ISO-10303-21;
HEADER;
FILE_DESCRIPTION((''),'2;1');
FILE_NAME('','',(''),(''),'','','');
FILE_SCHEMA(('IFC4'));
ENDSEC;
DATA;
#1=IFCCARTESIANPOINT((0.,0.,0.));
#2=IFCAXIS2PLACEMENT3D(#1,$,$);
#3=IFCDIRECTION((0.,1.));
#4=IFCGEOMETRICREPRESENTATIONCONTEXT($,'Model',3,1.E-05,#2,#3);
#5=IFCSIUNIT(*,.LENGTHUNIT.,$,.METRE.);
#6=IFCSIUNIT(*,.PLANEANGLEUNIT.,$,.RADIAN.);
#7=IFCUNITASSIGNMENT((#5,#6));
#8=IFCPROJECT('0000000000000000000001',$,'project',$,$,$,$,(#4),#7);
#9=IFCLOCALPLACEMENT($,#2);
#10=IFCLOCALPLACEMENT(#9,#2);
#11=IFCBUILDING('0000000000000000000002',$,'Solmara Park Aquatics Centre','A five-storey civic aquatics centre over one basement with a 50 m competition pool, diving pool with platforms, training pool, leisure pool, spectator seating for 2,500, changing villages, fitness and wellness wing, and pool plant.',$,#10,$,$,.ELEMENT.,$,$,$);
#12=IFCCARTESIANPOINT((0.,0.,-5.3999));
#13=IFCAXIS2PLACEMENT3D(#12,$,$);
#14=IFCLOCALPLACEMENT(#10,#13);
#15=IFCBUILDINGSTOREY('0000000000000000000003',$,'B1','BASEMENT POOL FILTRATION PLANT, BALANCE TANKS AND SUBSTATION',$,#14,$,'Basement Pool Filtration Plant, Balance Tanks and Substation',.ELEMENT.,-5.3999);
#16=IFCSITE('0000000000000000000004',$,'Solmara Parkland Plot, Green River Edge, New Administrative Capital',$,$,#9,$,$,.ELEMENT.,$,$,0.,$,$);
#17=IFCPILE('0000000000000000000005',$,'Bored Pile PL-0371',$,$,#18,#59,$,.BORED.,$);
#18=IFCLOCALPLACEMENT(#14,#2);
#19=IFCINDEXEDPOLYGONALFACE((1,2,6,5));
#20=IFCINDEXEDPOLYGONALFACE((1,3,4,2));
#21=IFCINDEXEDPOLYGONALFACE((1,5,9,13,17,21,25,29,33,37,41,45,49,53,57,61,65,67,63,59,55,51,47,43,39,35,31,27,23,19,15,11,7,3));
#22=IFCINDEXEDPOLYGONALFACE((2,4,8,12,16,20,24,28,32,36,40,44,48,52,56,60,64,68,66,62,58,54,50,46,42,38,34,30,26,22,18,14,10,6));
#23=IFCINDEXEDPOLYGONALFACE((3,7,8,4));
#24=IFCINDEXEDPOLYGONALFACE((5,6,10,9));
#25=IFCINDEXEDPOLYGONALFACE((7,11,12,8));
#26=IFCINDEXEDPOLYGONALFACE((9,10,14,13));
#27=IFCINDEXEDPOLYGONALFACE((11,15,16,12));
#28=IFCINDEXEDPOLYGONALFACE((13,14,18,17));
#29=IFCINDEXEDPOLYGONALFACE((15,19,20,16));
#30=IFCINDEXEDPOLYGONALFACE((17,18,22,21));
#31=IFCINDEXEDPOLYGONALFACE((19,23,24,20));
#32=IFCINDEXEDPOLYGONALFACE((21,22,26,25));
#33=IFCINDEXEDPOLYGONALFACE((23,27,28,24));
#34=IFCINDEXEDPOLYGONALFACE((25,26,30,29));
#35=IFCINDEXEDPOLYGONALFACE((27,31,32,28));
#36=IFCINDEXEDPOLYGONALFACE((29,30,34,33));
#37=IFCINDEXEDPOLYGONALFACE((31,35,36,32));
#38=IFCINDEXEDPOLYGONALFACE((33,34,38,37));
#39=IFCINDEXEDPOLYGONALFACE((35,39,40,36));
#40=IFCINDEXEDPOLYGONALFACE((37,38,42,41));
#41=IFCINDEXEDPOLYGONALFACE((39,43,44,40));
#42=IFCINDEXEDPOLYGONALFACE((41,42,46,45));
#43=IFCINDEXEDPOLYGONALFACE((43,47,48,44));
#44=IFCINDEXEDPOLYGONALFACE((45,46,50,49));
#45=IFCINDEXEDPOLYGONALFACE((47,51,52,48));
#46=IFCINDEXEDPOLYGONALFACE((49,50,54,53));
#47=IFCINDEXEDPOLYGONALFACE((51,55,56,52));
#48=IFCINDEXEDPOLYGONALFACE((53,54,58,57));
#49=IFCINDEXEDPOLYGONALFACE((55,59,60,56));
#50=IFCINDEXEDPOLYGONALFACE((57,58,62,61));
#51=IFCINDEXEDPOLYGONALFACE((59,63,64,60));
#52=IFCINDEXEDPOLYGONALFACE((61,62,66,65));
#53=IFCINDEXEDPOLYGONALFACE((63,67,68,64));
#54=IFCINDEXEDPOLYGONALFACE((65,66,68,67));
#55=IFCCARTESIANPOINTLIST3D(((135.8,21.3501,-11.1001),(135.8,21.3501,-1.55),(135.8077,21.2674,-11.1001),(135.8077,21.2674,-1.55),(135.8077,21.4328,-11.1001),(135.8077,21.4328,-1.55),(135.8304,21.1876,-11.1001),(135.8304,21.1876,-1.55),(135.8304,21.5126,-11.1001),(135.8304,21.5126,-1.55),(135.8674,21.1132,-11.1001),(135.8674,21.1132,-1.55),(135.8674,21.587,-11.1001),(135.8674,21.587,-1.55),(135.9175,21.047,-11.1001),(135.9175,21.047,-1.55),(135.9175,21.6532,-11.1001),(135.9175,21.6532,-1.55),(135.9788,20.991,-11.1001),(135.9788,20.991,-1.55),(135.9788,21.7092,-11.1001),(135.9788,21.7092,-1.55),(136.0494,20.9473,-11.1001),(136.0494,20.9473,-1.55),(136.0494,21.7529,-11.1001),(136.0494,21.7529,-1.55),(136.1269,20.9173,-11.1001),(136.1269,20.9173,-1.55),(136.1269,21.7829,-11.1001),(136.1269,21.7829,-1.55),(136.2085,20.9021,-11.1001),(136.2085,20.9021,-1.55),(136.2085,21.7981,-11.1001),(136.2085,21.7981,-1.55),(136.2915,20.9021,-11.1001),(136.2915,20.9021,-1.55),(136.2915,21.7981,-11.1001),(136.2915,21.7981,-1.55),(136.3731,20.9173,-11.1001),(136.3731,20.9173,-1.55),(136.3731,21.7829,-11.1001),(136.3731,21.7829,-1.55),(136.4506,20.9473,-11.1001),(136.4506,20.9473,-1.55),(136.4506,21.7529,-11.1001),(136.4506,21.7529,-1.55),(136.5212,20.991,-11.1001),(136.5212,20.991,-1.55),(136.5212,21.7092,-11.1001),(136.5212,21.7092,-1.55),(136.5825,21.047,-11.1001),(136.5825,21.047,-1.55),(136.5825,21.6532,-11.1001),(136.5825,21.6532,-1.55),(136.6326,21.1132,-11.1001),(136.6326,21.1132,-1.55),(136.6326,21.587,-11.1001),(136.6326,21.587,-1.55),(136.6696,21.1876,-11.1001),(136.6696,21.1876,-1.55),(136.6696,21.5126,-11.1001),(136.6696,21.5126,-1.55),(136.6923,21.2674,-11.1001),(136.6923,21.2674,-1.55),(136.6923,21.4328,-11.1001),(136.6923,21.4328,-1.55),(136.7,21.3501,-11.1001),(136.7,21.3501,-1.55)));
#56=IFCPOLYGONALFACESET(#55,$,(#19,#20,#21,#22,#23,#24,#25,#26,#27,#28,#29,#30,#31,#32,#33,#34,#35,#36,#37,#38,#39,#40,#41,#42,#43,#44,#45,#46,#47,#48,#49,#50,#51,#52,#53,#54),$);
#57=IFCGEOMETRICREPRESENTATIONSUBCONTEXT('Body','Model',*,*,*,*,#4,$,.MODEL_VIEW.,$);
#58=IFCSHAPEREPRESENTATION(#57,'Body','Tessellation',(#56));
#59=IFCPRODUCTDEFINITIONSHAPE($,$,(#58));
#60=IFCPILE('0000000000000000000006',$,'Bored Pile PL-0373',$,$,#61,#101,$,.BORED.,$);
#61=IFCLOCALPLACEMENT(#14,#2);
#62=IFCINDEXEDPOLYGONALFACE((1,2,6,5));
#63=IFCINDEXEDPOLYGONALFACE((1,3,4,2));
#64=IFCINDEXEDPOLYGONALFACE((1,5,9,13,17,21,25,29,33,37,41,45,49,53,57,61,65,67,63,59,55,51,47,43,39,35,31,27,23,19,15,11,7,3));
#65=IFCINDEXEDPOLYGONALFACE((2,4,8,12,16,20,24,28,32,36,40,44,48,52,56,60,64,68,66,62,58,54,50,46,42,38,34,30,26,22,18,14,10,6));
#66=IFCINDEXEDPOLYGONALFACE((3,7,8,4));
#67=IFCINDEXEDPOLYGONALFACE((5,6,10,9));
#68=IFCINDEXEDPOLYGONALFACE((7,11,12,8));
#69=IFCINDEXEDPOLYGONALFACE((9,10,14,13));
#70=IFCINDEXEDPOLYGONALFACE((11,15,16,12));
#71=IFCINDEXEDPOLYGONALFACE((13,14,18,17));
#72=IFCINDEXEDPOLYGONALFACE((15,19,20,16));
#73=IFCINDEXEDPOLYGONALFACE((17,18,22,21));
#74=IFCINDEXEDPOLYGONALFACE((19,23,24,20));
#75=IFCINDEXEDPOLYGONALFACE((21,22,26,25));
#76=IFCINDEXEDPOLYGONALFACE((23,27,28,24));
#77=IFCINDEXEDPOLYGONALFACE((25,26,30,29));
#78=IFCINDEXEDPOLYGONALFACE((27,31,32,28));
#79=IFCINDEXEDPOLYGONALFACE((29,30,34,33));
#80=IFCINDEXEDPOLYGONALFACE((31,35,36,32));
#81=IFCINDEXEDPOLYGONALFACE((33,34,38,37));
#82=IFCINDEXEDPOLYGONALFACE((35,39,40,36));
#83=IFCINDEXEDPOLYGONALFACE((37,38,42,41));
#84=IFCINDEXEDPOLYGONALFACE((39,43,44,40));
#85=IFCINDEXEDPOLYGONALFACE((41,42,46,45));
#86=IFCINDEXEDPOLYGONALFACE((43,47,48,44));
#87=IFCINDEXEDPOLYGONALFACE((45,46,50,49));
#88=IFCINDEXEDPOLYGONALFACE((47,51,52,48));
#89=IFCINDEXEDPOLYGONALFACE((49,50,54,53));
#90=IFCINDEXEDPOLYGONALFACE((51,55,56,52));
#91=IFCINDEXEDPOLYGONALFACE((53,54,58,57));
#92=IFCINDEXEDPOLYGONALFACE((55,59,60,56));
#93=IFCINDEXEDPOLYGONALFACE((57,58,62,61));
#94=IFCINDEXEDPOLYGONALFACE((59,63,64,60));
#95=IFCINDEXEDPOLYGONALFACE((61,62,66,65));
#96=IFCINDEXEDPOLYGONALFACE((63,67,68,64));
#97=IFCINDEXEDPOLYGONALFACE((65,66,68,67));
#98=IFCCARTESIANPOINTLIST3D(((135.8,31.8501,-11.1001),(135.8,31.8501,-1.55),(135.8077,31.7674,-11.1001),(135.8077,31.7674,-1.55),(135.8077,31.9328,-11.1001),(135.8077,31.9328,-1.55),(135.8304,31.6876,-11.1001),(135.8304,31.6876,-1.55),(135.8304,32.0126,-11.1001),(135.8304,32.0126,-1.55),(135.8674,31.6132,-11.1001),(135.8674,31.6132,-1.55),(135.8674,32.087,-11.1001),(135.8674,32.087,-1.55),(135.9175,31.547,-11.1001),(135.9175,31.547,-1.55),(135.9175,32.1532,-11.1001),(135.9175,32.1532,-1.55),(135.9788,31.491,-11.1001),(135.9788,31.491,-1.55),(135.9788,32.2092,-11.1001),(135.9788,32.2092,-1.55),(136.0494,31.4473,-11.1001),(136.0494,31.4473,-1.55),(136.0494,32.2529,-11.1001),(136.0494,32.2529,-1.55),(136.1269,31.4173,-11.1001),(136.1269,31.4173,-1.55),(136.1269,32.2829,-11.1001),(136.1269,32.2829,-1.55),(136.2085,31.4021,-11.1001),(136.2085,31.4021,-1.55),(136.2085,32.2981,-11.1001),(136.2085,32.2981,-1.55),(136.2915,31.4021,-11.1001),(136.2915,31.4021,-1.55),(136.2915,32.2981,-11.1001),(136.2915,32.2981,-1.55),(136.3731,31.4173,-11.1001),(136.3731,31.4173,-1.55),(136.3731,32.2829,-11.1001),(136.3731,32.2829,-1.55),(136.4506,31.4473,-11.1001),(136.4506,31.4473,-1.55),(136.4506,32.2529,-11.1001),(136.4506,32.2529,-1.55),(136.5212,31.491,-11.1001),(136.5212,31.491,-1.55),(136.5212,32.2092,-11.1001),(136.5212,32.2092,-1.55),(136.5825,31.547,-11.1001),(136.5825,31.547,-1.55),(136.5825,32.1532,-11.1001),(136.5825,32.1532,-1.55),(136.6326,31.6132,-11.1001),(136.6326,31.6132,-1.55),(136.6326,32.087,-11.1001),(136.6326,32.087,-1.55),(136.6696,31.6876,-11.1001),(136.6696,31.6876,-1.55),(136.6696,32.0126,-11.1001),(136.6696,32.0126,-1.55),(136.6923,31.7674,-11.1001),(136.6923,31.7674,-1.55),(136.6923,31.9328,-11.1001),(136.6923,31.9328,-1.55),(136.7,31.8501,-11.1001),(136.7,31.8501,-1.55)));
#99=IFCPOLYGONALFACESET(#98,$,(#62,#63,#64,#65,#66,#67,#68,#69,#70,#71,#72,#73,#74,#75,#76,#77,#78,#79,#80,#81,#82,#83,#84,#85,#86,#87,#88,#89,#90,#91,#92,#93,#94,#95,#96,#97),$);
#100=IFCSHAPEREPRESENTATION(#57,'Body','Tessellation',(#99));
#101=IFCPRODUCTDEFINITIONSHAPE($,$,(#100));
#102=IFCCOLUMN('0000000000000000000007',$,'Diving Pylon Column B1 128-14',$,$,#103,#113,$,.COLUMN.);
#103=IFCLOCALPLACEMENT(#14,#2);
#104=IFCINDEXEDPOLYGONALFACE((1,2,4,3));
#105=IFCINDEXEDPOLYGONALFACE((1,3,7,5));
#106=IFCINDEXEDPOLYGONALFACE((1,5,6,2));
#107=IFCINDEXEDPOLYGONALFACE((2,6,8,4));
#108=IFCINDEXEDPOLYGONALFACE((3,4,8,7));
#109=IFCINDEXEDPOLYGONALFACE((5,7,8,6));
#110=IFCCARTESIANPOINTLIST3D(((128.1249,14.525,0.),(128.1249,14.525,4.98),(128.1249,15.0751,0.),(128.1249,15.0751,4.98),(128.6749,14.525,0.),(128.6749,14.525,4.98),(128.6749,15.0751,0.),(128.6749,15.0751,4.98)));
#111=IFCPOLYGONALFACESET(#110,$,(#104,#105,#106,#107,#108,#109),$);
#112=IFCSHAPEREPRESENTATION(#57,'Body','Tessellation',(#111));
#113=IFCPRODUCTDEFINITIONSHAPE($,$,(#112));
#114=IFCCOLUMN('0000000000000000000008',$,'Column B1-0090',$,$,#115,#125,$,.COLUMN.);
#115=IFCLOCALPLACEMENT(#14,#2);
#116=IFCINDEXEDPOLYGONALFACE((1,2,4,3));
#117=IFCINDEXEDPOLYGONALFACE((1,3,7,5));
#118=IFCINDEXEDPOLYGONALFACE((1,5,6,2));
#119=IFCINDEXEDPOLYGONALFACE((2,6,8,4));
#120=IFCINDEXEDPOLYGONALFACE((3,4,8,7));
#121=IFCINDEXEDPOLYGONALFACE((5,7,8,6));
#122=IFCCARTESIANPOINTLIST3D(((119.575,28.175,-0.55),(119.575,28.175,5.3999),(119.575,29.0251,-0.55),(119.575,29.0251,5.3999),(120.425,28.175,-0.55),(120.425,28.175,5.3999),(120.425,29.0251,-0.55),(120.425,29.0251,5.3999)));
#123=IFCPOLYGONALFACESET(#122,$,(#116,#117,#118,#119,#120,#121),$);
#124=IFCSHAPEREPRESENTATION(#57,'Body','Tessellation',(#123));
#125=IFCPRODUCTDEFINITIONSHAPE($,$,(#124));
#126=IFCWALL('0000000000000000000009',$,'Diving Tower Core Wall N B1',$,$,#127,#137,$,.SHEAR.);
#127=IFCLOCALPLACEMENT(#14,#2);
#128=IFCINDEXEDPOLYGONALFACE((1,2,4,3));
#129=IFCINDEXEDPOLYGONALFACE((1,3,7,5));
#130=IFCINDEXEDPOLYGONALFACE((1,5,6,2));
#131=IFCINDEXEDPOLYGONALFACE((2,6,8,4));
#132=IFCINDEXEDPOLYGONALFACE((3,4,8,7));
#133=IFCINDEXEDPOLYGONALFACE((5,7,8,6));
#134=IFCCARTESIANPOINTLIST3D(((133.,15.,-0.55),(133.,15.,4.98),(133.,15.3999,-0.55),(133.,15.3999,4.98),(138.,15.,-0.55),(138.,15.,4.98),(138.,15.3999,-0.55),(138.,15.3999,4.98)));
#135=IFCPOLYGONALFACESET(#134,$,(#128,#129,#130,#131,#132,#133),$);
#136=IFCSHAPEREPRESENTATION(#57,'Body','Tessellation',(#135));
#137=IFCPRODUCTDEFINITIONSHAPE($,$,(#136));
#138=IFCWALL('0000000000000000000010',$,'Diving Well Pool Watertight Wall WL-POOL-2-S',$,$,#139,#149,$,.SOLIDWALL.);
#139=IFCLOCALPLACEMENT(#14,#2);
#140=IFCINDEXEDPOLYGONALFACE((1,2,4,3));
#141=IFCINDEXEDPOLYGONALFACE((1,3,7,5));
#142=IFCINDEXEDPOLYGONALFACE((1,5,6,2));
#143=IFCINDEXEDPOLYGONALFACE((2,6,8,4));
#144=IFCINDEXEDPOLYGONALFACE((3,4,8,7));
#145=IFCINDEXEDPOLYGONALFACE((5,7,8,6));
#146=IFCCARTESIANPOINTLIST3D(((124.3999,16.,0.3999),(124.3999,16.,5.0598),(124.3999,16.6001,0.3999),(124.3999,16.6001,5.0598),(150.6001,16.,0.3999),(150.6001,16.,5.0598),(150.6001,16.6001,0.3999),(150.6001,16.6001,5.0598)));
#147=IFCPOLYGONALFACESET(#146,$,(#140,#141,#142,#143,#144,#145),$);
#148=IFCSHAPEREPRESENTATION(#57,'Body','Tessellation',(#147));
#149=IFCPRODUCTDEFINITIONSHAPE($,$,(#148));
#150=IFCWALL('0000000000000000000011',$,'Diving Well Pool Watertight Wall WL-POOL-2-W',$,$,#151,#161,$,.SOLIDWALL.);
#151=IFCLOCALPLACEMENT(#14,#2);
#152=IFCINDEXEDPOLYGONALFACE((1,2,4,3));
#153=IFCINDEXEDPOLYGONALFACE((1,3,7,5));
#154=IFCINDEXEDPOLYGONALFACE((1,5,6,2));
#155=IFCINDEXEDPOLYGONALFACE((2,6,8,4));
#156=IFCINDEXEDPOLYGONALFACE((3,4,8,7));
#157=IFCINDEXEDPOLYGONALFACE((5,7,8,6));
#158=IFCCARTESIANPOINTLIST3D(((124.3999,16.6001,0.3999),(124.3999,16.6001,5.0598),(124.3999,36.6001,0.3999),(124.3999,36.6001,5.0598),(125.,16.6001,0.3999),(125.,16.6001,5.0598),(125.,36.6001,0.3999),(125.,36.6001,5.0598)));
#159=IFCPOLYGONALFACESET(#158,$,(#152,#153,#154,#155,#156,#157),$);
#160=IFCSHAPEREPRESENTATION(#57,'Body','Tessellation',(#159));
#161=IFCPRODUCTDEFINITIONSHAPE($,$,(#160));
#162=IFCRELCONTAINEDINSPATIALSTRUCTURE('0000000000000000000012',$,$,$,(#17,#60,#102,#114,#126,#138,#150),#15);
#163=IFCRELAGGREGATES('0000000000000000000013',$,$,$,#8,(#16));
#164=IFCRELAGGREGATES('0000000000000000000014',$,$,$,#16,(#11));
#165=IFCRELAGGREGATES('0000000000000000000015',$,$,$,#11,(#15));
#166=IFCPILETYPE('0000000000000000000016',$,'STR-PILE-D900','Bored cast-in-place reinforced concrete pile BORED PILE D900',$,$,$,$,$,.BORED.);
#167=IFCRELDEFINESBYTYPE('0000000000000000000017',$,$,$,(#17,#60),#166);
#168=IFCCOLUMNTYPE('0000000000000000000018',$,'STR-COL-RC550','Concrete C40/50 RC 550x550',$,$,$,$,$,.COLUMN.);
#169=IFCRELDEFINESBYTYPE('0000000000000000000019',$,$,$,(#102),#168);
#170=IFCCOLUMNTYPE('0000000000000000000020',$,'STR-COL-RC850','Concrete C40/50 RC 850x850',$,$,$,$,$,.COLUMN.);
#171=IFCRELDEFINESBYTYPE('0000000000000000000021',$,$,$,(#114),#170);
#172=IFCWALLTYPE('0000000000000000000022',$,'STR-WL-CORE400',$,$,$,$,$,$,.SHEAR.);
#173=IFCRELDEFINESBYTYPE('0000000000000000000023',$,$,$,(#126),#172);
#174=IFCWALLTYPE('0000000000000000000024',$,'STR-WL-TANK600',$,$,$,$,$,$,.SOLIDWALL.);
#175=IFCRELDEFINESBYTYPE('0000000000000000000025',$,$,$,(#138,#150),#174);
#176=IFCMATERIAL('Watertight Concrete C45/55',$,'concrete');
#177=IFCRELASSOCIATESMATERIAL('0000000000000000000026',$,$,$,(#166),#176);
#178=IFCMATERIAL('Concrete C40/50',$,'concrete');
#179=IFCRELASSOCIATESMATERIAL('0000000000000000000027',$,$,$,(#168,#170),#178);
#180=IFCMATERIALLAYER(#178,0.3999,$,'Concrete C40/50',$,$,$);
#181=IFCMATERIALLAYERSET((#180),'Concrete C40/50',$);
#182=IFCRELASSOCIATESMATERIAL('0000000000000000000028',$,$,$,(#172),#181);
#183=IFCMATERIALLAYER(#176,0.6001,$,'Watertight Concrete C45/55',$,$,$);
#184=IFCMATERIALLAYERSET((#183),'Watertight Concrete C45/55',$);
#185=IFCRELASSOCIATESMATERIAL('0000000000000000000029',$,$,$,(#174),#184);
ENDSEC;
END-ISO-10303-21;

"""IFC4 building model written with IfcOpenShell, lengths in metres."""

from ifc_helpers import new_model, si_unit, direction, frame, frame_2d, origin, origin_2d, place, context, subcontext, project, spatial, rectangle, circle, extrude, material, layer, layer_set, material_profile, profile_set, type_object, element, save


model = new_model("IFC4")

# Units and contexts
model_context = context("Model", 3, precision=1e-05, world=origin(), true_north=direction((0.0, 1.0)))
body_context = subcontext(model_context, "Body", "Model", "MODEL_VIEW")
ifc_project = project(units=[si_unit("LENGTHUNIT", "METRE"), si_unit("PLANEANGLEUNIT", "RADIAN")], contexts=[model_context])

# Site, building, storey
site_placement = place(None, origin())
site = spatial("IfcSite", under=ifc_project, at=site_placement, Name="Solmara Parkland Plot, Green River Edge, New Administrative Capital", CompositionType="ELEMENT", RefElevation=0.0)
building_placement = place(site_placement, origin())
building = spatial("IfcBuilding", under=site, at=building_placement, Name="Solmara Park Aquatics Centre", Description="A five-storey civic aquatics centre over one basement with a 50 m competition pool, diving pool with platforms, training pool, leisure pool, spectator seating for 2,500, changing villages, fitness and wellness wing, and pool plant.", CompositionType="ELEMENT")
storey_placement = place(building_placement, frame((0.0, 0.0, -5.3999)))
storey = spatial("IfcBuildingStorey", under=building, at=storey_placement, Name="B1", Description="BASEMENT POOL FILTRATION PLANT, BALANCE TANKS AND SUBSTATION", LongName="Basement Pool Filtration Plant, Balance Tanks and Substation", CompositionType="ELEMENT", Elevation=-5.3999)

# Shared definitions
ifc_material_1 = material(Name="Watertight Concrete C45/55", Category="concrete")

# Piles
ifc_material_profile_1 = material_profile(ifc_material_1, circle(Radius=0.45, at=origin_2d()), Name="BORED PILE D900")
ifc_profile_set_1 = profile_set([ifc_material_profile_1], Name="Watertight Concrete C45/55")
pile_type_1 = type_object("IfcPileType", Name="STR-PILE-D900", Description="Bored cast-in-place reinforced concrete pile BORED PILE D900", PredefinedType="BORED", material=ifc_profile_set_1)
for number, where, z_axis, x_axis, name in (
    (1, (136.25, 21.3501, -1.55), (0.0, 0.0, -1.0), (1.0, 0.0, 0.0), "Bored Pile PL-0371"),
    (2, (136.25, 31.8501, -1.55), (0.0, 0.0, -1.0), (1.0, 0.0, 0.0), "Bored Pile PL-0373"),
):
    element("IfcPile", number, at=place(storey_placement, frame(where, z_axis=z_axis, x_axis=x_axis)), inside=storey, type_object=pile_type_1, Name=name, PredefinedType="BORED", context=body_context, shape_type="SweptSolid", body=[
        extrude(circle(Radius=0.45, at=origin_2d()), origin(), (0.0, 0.0, 1.0), 9.55),
    ])

# Columns
ifc_material_2 = material(Name="Concrete C40/50", Category="concrete")
ifc_material_profile_2 = material_profile(ifc_material_2, rectangle(XDim=0.55, YDim=0.55, at=origin_2d()), Name="RC 550x550")
ifc_profile_set_2 = profile_set([ifc_material_profile_2], Name="Concrete C40/50")
column_type_1 = type_object("IfcColumnType", Name="STR-COL-RC550", Description="Concrete C40/50 RC 550x550", PredefinedType="COLUMN", material=ifc_profile_set_2)
column_1_placement = place(storey_placement, frame((128.3999, 14.8, 0.0), z_axis=(0.0, 0.0, 1.0), x_axis=(1.0, 0.0, 0.0)))
element("IfcColumn", 3, at=column_1_placement, inside=storey, type_object=column_type_1, Name="Diving Pylon Column B1 128-14", PredefinedType="COLUMN", context=body_context, shape_type="SweptSolid", body=[
    extrude(rectangle(XDim=0.55, YDim=0.55, at=origin_2d()), origin(), (0.0, 0.0, 1.0), 4.98),
])
ifc_material_profile_3 = material_profile(ifc_material_2, rectangle(XDim=0.8501, YDim=0.8501, at=origin_2d()), Name="RC 850x850")
ifc_profile_set_3 = profile_set([ifc_material_profile_3], Name="Concrete C40/50")
column_type_2 = type_object("IfcColumnType", Name="STR-COL-RC850", Description="Concrete C40/50 RC 850x850", PredefinedType="COLUMN", material=ifc_profile_set_3)
column_2_placement = place(storey_placement, frame((120.0, 28.6001, -0.55), z_axis=(0.0, 0.0, 1.0), x_axis=(1.0, 0.0, 0.0)))
element("IfcColumn", 4, at=column_2_placement, inside=storey, type_object=column_type_2, Name="Column B1-0090", PredefinedType="COLUMN", context=body_context, shape_type="SweptSolid", body=[
    extrude(rectangle(XDim=0.8501, YDim=0.8501, at=origin_2d()), origin(), (0.0, 0.0, 1.0), 5.95),
])

# Walls
ifc_layer_1 = layer(ifc_material_2, 0.3999, Name="Concrete C40/50")
ifc_layer_set_1 = layer_set([ifc_layer_1], Name="Concrete C40/50")
wall_type_1 = type_object("IfcWallType", Name="STR-WL-CORE400", PredefinedType="SHEAR", material=ifc_layer_set_1)
wall_1_placement = place(storey_placement, frame((133.0, 15.2, -0.55), z_axis=(0.0, 0.0, 1.0), x_axis=(1.0, 0.0, 0.0)))
element("IfcWall", 5, at=wall_1_placement, inside=storey, type_object=wall_type_1, Name="Diving Tower Core Wall N B1", PredefinedType="SHEAR", context=body_context, shape_type="SweptSolid", body=[
    extrude(rectangle(XDim=5.0, YDim=0.3999, at=frame_2d((2.5, 0.0))), origin(), (0.0, 0.0, 1.0), 5.53),
])
ifc_layer_2 = layer(ifc_material_1, 0.6001, Name="Watertight Concrete C45/55")
ifc_layer_set_2 = layer_set([ifc_layer_2], Name="Watertight Concrete C45/55")
wall_type_2 = type_object("IfcWallType", Name="STR-WL-TANK600", PredefinedType="SOLIDWALL", material=ifc_layer_set_2)
wall_2_placement = place(storey_placement, frame((124.3999, 16.3, 0.3999), z_axis=(0.0, 0.0, 1.0), x_axis=(1.0, 0.0, 0.0)))
element("IfcWall", 6, at=wall_2_placement, inside=storey, type_object=wall_type_2, Name="Diving Well Pool Watertight Wall WL-POOL-2-S", PredefinedType="SOLIDWALL", context=body_context, shape_type="SweptSolid", body=[
    extrude(rectangle(XDim=26.2002, YDim=0.6001, at=frame_2d((13.1001, 0.0))), origin(), (0.0, 0.0, 1.0), 4.6599),
])
wall_3_placement = place(storey_placement, frame((124.7, 16.6001, 0.3999), z_axis=(0.0, 0.0, 1.0), x_axis=(0.0, 1.0, 0.0)))
element("IfcWall", 7, at=wall_3_placement, inside=storey, type_object=wall_type_2, Name="Diving Well Pool Watertight Wall WL-POOL-2-W", PredefinedType="SOLIDWALL", context=body_context, shape_type="SweptSolid", body=[
    extrude(rectangle(XDim=20.0, YDim=0.6001, at=frame_2d((10.0, 0.0))), origin(), (0.0, 0.0, 1.0), 4.6599),
])

save(model, "model.ifc")
